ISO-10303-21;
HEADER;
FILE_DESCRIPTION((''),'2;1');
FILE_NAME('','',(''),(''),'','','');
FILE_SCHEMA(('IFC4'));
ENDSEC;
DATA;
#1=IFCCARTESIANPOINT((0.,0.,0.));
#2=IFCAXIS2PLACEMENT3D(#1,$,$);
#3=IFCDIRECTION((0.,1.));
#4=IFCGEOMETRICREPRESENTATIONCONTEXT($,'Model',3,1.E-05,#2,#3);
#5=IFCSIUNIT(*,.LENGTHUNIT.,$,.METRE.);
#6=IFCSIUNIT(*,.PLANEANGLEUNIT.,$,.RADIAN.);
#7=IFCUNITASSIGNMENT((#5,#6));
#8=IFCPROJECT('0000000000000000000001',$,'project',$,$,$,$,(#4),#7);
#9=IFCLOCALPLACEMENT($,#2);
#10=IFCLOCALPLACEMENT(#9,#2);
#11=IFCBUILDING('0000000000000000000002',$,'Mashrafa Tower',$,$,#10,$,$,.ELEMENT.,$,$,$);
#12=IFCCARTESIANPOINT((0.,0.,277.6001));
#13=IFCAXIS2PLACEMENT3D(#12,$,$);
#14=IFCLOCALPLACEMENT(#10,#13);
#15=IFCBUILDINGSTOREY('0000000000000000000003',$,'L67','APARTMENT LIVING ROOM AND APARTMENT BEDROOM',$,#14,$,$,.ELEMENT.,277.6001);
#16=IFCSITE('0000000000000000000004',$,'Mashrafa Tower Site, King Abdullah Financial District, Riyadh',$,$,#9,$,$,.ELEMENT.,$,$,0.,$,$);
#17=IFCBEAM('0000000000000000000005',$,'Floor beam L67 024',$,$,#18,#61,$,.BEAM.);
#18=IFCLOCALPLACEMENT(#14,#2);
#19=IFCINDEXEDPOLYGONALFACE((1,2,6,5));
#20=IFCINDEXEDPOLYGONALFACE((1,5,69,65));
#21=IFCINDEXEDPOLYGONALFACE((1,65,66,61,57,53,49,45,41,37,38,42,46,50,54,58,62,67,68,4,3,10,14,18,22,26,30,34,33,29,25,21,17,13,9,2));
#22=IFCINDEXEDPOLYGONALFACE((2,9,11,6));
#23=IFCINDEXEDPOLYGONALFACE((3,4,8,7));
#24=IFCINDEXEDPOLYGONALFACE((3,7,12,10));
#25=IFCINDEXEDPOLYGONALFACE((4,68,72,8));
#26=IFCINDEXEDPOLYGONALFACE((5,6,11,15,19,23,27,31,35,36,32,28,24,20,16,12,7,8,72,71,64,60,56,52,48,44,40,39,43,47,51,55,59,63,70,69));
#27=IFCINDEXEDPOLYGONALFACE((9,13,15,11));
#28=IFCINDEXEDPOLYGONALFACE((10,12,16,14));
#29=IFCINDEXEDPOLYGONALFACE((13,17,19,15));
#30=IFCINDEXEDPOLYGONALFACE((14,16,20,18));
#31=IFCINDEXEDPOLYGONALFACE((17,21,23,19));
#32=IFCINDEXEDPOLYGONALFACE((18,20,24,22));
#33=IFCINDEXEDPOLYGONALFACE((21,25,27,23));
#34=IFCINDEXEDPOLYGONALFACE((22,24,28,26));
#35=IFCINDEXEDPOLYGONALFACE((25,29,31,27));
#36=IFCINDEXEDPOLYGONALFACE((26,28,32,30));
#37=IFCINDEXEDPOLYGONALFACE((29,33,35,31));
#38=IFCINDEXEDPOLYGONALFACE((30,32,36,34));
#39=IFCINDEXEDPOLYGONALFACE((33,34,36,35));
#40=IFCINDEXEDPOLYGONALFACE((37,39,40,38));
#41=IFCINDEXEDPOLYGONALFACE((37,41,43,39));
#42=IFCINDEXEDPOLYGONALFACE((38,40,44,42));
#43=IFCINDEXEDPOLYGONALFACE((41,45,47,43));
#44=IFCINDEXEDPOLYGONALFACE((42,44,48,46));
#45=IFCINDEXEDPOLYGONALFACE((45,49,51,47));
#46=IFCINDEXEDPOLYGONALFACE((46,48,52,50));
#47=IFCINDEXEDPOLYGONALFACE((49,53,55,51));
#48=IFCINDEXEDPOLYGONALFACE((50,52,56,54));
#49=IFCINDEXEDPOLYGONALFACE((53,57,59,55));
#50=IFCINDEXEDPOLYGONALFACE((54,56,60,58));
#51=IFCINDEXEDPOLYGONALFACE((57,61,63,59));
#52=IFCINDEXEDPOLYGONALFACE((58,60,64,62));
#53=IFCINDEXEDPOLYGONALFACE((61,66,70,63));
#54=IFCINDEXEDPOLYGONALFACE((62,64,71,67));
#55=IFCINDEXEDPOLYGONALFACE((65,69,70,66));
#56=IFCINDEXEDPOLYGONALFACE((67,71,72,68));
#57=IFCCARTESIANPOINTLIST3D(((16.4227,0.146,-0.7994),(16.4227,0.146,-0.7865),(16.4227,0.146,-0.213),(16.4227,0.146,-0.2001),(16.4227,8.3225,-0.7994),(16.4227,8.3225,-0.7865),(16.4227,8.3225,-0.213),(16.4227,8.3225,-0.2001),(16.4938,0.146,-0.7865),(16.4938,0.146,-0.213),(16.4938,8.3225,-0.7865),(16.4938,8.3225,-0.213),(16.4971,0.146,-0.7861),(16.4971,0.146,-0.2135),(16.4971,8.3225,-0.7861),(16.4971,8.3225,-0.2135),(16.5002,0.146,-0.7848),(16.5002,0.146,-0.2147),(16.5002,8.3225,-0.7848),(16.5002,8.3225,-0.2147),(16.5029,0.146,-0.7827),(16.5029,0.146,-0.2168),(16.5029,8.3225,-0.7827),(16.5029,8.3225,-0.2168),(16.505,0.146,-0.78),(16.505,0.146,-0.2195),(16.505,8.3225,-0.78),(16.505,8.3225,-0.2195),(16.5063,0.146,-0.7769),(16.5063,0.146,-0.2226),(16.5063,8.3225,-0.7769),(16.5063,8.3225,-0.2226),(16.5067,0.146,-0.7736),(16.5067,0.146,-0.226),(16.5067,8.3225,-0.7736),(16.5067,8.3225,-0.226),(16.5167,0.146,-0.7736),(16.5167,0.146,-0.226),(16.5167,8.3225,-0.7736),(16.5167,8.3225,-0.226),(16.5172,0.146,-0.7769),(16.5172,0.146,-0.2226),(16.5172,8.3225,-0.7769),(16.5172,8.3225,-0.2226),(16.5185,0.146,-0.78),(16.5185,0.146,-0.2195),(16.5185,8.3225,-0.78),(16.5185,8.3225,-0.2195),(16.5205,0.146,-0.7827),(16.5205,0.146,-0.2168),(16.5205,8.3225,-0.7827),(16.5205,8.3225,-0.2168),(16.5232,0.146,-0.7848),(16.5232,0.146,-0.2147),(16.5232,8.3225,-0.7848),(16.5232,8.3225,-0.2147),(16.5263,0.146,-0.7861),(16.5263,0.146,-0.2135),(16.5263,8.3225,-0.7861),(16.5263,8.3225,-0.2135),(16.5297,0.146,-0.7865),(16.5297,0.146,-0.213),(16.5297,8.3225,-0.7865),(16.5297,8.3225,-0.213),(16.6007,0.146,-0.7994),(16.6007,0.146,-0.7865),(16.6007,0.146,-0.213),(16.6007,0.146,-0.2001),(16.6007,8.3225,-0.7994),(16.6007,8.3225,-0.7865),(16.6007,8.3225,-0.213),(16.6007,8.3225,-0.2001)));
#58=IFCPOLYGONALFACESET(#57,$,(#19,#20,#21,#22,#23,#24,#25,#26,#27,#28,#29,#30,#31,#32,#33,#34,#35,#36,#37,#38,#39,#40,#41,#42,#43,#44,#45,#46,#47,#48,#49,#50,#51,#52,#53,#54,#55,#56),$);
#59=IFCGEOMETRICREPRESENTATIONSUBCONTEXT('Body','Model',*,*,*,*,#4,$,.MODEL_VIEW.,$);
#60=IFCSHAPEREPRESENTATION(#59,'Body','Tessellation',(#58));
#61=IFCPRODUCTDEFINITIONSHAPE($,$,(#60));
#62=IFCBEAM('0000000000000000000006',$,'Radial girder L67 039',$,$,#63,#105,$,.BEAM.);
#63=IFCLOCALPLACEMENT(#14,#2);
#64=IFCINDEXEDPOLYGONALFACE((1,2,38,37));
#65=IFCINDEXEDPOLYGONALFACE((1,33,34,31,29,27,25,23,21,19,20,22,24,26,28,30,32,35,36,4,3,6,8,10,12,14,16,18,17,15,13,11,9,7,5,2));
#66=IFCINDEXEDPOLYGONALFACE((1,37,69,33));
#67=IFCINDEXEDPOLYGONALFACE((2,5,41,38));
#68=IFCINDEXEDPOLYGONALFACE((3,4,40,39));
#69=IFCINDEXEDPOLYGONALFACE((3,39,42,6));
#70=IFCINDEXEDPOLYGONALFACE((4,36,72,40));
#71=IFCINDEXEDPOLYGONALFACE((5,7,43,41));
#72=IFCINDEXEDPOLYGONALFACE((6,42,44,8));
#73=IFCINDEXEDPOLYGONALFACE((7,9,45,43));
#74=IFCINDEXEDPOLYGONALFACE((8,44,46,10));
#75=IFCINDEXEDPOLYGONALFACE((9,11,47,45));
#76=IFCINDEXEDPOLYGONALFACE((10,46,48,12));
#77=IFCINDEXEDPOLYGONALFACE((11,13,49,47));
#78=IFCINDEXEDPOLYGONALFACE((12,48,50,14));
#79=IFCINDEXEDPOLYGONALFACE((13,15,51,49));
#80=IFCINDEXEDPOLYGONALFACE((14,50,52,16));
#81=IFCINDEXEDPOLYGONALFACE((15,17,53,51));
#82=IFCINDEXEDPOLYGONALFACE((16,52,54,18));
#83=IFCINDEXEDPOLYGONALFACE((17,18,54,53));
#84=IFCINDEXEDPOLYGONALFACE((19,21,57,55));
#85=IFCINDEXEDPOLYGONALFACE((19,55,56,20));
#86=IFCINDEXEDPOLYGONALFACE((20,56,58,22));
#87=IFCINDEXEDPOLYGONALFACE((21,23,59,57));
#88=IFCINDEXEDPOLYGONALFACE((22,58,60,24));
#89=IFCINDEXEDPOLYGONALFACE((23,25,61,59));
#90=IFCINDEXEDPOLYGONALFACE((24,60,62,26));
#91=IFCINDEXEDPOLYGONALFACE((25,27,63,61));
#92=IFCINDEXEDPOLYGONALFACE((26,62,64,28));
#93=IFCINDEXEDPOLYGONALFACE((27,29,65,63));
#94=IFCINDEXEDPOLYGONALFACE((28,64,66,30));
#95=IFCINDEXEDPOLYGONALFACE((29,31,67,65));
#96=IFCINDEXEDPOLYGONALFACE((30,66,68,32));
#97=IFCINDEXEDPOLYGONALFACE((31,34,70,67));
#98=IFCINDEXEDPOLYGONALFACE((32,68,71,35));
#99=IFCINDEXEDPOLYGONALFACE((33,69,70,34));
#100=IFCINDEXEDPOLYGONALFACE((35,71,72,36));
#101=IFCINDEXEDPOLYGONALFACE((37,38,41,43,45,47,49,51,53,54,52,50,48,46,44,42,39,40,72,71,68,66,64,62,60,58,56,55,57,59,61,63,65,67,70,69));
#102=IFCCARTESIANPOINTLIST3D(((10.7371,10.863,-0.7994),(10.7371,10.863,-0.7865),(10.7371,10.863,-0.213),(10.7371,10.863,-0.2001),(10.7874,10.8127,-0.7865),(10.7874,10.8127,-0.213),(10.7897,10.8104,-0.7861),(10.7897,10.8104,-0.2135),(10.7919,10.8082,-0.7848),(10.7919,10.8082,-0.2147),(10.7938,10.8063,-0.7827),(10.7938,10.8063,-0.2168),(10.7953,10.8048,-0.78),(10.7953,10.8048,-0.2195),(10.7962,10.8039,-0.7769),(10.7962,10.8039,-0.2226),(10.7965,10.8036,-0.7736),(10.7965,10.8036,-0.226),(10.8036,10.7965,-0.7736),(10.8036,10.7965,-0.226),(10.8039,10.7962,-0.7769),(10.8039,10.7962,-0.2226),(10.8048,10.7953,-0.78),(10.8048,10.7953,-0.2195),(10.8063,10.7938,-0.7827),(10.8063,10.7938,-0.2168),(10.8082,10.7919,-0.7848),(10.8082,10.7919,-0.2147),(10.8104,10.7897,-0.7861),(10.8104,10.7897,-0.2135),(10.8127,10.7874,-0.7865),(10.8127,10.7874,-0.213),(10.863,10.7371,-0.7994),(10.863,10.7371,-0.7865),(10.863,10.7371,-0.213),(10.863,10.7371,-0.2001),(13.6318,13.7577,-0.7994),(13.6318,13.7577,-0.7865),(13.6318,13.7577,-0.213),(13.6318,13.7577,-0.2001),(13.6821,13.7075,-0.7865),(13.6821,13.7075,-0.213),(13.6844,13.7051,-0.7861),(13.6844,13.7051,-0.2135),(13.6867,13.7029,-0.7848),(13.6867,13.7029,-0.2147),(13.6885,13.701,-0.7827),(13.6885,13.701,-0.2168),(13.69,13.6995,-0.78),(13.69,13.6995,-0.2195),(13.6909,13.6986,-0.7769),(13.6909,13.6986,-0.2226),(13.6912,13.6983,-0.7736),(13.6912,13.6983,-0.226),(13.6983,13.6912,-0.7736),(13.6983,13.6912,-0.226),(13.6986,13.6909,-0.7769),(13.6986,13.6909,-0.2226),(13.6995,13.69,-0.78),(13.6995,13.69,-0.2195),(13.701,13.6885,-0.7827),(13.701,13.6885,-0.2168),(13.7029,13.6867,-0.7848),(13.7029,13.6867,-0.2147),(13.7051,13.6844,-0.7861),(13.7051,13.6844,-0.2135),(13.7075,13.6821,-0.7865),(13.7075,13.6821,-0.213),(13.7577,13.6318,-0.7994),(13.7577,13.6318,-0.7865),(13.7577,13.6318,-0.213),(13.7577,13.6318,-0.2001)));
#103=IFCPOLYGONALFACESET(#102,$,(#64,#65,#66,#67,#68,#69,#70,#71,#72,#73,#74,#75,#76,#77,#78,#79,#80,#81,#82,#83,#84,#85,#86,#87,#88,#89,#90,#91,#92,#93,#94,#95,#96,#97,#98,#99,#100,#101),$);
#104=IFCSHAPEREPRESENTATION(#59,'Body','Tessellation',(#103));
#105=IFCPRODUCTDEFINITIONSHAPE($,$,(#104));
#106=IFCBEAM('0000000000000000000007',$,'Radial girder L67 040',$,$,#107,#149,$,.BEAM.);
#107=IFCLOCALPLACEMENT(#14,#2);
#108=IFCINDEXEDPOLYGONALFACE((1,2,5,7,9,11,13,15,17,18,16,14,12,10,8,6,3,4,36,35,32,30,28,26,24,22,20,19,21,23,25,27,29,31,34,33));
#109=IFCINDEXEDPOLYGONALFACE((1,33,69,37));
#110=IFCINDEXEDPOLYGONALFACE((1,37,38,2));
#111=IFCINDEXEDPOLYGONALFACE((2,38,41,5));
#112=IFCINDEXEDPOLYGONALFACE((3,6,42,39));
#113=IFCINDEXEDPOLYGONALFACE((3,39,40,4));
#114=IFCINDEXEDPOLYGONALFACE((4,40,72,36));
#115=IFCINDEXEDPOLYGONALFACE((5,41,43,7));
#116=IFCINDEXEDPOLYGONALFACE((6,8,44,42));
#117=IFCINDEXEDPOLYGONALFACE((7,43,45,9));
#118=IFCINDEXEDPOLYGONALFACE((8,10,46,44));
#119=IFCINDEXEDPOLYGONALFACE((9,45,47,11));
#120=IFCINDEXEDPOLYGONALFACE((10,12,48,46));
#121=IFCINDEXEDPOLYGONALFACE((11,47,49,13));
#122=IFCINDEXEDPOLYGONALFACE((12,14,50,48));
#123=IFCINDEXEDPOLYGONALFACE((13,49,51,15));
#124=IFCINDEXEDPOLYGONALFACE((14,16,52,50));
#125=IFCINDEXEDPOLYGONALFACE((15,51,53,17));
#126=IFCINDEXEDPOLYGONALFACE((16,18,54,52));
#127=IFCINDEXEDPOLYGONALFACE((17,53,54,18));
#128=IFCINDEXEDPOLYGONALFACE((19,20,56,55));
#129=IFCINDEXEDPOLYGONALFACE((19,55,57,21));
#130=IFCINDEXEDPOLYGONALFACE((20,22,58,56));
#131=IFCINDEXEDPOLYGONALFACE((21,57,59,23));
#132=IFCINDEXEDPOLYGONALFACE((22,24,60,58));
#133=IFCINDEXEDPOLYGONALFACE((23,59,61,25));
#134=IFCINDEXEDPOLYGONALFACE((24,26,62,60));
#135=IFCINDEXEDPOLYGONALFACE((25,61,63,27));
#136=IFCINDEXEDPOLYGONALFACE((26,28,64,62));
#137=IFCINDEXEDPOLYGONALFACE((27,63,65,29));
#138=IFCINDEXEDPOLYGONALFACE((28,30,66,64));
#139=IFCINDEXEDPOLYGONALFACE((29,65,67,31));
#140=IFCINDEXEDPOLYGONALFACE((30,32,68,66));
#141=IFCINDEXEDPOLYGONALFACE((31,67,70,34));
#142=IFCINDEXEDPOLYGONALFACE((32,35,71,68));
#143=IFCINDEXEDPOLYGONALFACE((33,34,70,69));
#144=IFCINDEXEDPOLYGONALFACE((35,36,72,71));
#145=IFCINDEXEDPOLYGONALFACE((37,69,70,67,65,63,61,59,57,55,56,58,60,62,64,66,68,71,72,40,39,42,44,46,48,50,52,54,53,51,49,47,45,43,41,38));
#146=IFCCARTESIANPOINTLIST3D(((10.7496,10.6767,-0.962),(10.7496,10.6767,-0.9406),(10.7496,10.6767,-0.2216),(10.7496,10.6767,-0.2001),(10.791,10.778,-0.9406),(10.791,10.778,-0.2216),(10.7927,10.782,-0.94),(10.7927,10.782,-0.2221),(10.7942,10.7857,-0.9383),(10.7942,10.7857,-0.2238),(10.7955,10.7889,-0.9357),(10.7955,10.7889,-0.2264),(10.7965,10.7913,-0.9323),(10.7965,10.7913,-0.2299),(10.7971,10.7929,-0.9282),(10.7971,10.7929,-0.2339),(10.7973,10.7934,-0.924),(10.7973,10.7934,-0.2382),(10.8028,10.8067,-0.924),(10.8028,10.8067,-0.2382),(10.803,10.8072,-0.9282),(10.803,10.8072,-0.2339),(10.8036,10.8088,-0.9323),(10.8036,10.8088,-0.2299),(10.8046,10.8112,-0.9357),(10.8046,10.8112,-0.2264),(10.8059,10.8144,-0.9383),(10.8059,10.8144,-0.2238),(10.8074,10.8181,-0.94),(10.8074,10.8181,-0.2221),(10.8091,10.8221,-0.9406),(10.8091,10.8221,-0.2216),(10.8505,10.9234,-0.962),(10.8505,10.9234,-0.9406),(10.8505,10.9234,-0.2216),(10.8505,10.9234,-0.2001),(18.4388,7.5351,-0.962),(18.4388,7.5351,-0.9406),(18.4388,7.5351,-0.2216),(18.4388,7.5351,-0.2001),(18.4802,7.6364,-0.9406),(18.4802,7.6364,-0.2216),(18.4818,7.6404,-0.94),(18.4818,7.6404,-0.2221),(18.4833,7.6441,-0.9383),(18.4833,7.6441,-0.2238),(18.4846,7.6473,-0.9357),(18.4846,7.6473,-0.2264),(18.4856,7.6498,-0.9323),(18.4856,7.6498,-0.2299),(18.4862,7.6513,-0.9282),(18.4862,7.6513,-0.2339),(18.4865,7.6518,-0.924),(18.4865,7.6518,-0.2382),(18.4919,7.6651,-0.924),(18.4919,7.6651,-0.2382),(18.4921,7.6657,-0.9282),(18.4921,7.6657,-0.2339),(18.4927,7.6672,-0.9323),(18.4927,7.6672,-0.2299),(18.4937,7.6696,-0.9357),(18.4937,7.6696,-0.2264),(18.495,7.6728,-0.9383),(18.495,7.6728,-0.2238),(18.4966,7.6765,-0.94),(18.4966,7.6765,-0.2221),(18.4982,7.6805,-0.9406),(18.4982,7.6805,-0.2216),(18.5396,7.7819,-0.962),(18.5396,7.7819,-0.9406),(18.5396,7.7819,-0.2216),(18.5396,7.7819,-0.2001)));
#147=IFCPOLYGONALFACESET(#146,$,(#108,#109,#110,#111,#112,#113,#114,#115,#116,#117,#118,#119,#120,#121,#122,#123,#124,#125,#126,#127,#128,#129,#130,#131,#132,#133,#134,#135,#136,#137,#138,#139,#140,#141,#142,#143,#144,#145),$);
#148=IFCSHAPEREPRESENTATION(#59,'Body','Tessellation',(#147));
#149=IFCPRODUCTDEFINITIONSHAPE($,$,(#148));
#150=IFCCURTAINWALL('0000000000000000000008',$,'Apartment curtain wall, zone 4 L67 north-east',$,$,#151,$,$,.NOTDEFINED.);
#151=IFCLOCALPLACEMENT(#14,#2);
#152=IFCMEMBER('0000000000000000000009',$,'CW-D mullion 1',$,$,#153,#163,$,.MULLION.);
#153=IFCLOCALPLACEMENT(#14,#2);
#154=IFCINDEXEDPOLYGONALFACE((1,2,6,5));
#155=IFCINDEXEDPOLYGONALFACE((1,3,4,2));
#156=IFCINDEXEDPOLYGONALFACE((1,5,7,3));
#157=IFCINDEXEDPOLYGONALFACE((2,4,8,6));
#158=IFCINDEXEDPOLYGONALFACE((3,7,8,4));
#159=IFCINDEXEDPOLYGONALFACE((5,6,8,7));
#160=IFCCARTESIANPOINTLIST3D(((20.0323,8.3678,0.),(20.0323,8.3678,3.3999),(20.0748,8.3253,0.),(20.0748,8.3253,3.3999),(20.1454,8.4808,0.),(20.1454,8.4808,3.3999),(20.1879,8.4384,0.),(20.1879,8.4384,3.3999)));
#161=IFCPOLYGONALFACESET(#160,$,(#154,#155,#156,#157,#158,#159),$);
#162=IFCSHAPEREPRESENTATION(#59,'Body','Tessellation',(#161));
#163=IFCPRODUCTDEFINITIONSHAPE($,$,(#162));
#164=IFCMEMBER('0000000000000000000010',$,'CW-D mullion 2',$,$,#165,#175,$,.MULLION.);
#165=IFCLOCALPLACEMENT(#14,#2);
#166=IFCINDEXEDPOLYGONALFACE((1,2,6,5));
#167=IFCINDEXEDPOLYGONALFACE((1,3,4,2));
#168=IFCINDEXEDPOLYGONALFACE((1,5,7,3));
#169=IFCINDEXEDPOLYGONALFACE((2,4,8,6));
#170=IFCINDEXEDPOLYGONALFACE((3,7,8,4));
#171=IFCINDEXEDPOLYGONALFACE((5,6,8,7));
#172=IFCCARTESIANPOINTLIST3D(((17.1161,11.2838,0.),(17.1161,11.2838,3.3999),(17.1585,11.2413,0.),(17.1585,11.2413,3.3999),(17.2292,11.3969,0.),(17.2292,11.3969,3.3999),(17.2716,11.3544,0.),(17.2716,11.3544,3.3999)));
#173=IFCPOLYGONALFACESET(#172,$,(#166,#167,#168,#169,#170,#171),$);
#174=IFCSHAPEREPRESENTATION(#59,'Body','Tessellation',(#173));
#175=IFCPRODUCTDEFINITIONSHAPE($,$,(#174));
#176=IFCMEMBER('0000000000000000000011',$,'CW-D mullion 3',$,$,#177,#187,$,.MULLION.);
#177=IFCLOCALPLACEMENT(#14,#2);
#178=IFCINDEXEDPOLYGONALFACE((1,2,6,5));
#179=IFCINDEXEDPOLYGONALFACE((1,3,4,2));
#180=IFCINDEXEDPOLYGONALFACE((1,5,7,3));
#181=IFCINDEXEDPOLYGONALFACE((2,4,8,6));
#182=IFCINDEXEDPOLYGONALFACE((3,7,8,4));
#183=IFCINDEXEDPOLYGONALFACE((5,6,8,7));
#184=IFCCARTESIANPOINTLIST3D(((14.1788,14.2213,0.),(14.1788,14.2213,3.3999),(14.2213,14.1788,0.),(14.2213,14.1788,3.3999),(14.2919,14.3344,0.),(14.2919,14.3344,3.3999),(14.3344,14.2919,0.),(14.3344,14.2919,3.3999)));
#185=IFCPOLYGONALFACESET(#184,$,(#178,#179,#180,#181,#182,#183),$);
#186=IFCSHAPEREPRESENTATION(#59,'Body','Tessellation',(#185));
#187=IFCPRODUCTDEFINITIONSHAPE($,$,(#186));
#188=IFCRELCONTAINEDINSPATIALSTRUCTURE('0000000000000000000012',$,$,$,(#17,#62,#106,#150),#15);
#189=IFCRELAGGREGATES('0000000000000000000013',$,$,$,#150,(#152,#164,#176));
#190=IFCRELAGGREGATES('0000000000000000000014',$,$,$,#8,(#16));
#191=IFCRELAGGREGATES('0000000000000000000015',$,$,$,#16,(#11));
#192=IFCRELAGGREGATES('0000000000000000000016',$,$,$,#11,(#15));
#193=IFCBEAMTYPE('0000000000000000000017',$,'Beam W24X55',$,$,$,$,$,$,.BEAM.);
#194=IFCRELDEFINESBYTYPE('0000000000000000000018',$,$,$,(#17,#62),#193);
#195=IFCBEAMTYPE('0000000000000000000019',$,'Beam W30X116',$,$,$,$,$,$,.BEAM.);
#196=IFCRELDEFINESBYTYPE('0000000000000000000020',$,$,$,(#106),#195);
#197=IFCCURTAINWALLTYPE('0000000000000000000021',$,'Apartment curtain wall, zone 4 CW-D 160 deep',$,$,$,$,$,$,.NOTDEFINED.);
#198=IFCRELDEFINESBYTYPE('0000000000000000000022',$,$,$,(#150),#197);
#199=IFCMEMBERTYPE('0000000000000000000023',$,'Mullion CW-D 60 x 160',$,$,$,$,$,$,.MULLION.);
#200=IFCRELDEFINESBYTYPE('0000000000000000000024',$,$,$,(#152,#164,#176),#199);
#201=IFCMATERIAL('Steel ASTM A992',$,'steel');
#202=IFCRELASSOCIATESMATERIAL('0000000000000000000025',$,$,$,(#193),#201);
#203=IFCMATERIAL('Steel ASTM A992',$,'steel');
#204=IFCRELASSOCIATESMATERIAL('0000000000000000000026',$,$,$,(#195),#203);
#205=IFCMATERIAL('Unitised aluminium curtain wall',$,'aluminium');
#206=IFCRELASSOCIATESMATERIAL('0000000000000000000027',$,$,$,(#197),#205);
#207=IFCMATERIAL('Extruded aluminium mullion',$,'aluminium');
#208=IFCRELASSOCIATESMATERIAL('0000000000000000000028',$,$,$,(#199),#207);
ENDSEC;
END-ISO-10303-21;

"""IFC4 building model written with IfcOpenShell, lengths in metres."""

from ifc_helpers import new_model, si_unit, direction, frame, origin, origin_2d, place, context, subcontext, project, spatial, rectangle, i_section, extrude, source, transform, mapped, material, material_profile, profile_set, type_object, type_shapes, element, aggregate, save


model = new_model("IFC4")

# Units and contexts
model_context = context("Model", 3, precision=1e-05, world=origin(), true_north=direction((0.0, 1.0)))
body_context = subcontext(model_context, "Body", "Model", "MODEL_VIEW")
ifc_project = project(units=[si_unit("LENGTHUNIT", "METRE"), si_unit("PLANEANGLEUNIT", "RADIAN")], contexts=[model_context])

# Site, building, storey
site_placement = place(None, origin())
site = spatial("IfcSite", under=ifc_project, at=site_placement, Name="Mashrafa Tower Site, King Abdullah Financial District, Riyadh", CompositionType="ELEMENT", RefElevation=0.0)
building_placement = place(site_placement, origin())
building = spatial("IfcBuilding", under=site, at=building_placement, Name="Mashrafa Tower", CompositionType="ELEMENT")
storey_placement = place(building_placement, frame((0.0, 0.0, 277.6001)))
storey = spatial("IfcBuildingStorey", under=building, at=storey_placement, Name="L67", Description="APARTMENT LIVING ROOM AND APARTMENT BEDROOM", CompositionType="ELEMENT", Elevation=277.6001)

# Beams
ifc_material_1 = material(Name="Steel ASTM A992", Category="steel")
ifc_material_profile_1 = material_profile(ifc_material_1, i_section(OverallWidth=0.178, OverallDepth=0.5994, WebThickness=0.01, FlangeThickness=0.0129, FilletRadius=0.0129, at=origin_2d()), Name="W24X55")
ifc_profile_set_1 = profile_set([ifc_material_profile_1], Name="Steel ASTM A992")
beam_type_1 = type_object("IfcBeamType", Name="Beam W24X55", PredefinedType="BEAM", material=ifc_profile_set_1)
beam_1_placement = place(storey_placement, frame((16.5117, 8.3225, -0.4998), z_axis=(0.0, -1.0, 0.0), x_axis=(1.0, 0.0, 0.0)))
element("IfcBeam", 1, at=beam_1_placement, inside=storey, type_object=beam_type_1, Name="Floor beam L67 024", PredefinedType="BEAM", context=body_context, shape_type="SweptSolid", body=[
    extrude(i_section(OverallWidth=0.178, OverallDepth=0.5994, WebThickness=0.01, FlangeThickness=0.0129, FilletRadius=0.0129, at=origin_2d()), origin(), (0.0, 0.0, 1.0), 8.1765),
])
beam_2_placement = place(storey_placement, frame((10.8, 10.8, -0.4998), z_axis=(0.707107, 0.707107, 0.0), x_axis=(-0.707107, 0.707107, 0.0)))
element("IfcBeam", 2, at=beam_2_placement, inside=storey, type_object=beam_type_1, Name="Radial girder L67 039", PredefinedType="BEAM", context=body_context, shape_type="SweptSolid", body=[
    extrude(i_section(OverallWidth=0.178, OverallDepth=0.5994, WebThickness=0.01, FlangeThickness=0.0129, FilletRadius=0.0129, at=origin_2d()), origin(), (0.0, 0.0, 1.0), 4.0938),
])
ifc_material_2 = material(Name="Steel ASTM A992", Category="steel")
ifc_material_profile_2 = material_profile(ifc_material_2, i_section(OverallWidth=0.2666, OverallDepth=0.762, WebThickness=0.0144, FlangeThickness=0.0215, FilletRadius=0.0166, at=origin_2d()), Name="W30X116")
ifc_profile_set_2 = profile_set([ifc_material_profile_2], Name="Steel ASTM A992")
beam_type_2 = type_object("IfcBeamType", Name="Beam W30X116", PredefinedType="BEAM", material=ifc_profile_set_2)
beam_3_placement = place(storey_placement, frame((10.8, 10.8, -0.5811), z_axis=(0.925715, -0.378222, 0.0), x_axis=(0.378222, 0.925715, 0.0)))
element("IfcBeam", 3, at=beam_3_placement, inside=storey, type_object=beam_type_2, Name="Radial girder L67 040", PredefinedType="BEAM", context=body_context, shape_type="SweptSolid", body=[
    extrude(i_section(OverallWidth=0.2666, OverallDepth=0.762, WebThickness=0.0144, FlangeThickness=0.0215, FilletRadius=0.0166, at=origin_2d()), origin(), (0.0, 0.0, 1.0), 8.3062),
])

# Curtain wall, members
ifc_material_3 = material(Name="Unitised aluminium curtain wall", Category="aluminium")
curtain_wall_type = type_object("IfcCurtainWallType", Name="Apartment curtain wall, zone 4 CW-D 160 deep", PredefinedType="NOTDEFINED", material=ifc_material_3)
curtain_wall_placement = place(storey_placement, origin())
curtain_wall = element("IfcCurtainWall", 4, at=curtain_wall_placement, inside=storey, type_object=curtain_wall_type, Name="Apartment curtain wall, zone 4 L67 north-east", PredefinedType="NOTDEFINED")
ifc_material_4 = material(Name="Extruded aluminium mullion", Category="aluminium")
ifc_material_profile_3 = material_profile(ifc_material_4, rectangle(XDim=0.1599, YDim=0.0601, at=origin_2d()), Name="Mullion 60x160")
ifc_profile_set_3 = profile_set([ifc_material_profile_3], Name="Extruded aluminium mullion")
member_type_1 = type_object("IfcMemberType", Name="Mullion CW-D 60 x 160", PredefinedType="MULLION", material=ifc_profile_set_3)
shared_shape_1 = source(origin(), body_context, "Body", "SweptSolid", [
    extrude(rectangle(XDim=0.1599, YDim=0.0601, at=origin_2d()), origin(), (0.0, 0.0, 1.0), 3.3999),
])
type_shapes(member_type_1, [shared_shape_1])
member_1_placement = place(storey_placement, frame((20.1101, 8.4031, 0.0), z_axis=(0.0, 0.0, 1.0), x_axis=(-0.707107, -0.707107, 0.0)))
member_1 = element("IfcMember", 5, at=member_1_placement, type_object=member_type_1, Name="CW-D mullion 1", PredefinedType="MULLION", context=body_context, shape_type="MappedRepresentation", body=[
    mapped(shared_shape_1, transform((0.0, 0.0, 0.0))),
])
member_2_placement = place(storey_placement, frame((17.1938, 11.3191, 0.0), z_axis=(0.0, 0.0, 1.0), x_axis=(-0.707107, -0.707107, 0.0)))
member_2 = element("IfcMember", 6, at=member_2_placement, type_object=member_type_1, Name="CW-D mullion 2", PredefinedType="MULLION", context=body_context, shape_type="MappedRepresentation", body=[
    mapped(shared_shape_1, transform((0.0, 0.0, 0.0))),
])
member_3_placement = place(storey_placement, frame((14.2566, 14.2566, 0.0), z_axis=(0.0, 0.0, 1.0), x_axis=(-0.707107, -0.707107, 0.0)))
member_3 = element("IfcMember", 7, at=member_3_placement, type_object=member_type_1, Name="CW-D mullion 3", PredefinedType="MULLION", context=body_context, shape_type="MappedRepresentation", body=[
    mapped(shared_shape_1, transform((0.0, 0.0, 0.0))),
])
aggregate(curtain_wall, [member_1, member_2, member_3])

save(model, "model.ifc")
